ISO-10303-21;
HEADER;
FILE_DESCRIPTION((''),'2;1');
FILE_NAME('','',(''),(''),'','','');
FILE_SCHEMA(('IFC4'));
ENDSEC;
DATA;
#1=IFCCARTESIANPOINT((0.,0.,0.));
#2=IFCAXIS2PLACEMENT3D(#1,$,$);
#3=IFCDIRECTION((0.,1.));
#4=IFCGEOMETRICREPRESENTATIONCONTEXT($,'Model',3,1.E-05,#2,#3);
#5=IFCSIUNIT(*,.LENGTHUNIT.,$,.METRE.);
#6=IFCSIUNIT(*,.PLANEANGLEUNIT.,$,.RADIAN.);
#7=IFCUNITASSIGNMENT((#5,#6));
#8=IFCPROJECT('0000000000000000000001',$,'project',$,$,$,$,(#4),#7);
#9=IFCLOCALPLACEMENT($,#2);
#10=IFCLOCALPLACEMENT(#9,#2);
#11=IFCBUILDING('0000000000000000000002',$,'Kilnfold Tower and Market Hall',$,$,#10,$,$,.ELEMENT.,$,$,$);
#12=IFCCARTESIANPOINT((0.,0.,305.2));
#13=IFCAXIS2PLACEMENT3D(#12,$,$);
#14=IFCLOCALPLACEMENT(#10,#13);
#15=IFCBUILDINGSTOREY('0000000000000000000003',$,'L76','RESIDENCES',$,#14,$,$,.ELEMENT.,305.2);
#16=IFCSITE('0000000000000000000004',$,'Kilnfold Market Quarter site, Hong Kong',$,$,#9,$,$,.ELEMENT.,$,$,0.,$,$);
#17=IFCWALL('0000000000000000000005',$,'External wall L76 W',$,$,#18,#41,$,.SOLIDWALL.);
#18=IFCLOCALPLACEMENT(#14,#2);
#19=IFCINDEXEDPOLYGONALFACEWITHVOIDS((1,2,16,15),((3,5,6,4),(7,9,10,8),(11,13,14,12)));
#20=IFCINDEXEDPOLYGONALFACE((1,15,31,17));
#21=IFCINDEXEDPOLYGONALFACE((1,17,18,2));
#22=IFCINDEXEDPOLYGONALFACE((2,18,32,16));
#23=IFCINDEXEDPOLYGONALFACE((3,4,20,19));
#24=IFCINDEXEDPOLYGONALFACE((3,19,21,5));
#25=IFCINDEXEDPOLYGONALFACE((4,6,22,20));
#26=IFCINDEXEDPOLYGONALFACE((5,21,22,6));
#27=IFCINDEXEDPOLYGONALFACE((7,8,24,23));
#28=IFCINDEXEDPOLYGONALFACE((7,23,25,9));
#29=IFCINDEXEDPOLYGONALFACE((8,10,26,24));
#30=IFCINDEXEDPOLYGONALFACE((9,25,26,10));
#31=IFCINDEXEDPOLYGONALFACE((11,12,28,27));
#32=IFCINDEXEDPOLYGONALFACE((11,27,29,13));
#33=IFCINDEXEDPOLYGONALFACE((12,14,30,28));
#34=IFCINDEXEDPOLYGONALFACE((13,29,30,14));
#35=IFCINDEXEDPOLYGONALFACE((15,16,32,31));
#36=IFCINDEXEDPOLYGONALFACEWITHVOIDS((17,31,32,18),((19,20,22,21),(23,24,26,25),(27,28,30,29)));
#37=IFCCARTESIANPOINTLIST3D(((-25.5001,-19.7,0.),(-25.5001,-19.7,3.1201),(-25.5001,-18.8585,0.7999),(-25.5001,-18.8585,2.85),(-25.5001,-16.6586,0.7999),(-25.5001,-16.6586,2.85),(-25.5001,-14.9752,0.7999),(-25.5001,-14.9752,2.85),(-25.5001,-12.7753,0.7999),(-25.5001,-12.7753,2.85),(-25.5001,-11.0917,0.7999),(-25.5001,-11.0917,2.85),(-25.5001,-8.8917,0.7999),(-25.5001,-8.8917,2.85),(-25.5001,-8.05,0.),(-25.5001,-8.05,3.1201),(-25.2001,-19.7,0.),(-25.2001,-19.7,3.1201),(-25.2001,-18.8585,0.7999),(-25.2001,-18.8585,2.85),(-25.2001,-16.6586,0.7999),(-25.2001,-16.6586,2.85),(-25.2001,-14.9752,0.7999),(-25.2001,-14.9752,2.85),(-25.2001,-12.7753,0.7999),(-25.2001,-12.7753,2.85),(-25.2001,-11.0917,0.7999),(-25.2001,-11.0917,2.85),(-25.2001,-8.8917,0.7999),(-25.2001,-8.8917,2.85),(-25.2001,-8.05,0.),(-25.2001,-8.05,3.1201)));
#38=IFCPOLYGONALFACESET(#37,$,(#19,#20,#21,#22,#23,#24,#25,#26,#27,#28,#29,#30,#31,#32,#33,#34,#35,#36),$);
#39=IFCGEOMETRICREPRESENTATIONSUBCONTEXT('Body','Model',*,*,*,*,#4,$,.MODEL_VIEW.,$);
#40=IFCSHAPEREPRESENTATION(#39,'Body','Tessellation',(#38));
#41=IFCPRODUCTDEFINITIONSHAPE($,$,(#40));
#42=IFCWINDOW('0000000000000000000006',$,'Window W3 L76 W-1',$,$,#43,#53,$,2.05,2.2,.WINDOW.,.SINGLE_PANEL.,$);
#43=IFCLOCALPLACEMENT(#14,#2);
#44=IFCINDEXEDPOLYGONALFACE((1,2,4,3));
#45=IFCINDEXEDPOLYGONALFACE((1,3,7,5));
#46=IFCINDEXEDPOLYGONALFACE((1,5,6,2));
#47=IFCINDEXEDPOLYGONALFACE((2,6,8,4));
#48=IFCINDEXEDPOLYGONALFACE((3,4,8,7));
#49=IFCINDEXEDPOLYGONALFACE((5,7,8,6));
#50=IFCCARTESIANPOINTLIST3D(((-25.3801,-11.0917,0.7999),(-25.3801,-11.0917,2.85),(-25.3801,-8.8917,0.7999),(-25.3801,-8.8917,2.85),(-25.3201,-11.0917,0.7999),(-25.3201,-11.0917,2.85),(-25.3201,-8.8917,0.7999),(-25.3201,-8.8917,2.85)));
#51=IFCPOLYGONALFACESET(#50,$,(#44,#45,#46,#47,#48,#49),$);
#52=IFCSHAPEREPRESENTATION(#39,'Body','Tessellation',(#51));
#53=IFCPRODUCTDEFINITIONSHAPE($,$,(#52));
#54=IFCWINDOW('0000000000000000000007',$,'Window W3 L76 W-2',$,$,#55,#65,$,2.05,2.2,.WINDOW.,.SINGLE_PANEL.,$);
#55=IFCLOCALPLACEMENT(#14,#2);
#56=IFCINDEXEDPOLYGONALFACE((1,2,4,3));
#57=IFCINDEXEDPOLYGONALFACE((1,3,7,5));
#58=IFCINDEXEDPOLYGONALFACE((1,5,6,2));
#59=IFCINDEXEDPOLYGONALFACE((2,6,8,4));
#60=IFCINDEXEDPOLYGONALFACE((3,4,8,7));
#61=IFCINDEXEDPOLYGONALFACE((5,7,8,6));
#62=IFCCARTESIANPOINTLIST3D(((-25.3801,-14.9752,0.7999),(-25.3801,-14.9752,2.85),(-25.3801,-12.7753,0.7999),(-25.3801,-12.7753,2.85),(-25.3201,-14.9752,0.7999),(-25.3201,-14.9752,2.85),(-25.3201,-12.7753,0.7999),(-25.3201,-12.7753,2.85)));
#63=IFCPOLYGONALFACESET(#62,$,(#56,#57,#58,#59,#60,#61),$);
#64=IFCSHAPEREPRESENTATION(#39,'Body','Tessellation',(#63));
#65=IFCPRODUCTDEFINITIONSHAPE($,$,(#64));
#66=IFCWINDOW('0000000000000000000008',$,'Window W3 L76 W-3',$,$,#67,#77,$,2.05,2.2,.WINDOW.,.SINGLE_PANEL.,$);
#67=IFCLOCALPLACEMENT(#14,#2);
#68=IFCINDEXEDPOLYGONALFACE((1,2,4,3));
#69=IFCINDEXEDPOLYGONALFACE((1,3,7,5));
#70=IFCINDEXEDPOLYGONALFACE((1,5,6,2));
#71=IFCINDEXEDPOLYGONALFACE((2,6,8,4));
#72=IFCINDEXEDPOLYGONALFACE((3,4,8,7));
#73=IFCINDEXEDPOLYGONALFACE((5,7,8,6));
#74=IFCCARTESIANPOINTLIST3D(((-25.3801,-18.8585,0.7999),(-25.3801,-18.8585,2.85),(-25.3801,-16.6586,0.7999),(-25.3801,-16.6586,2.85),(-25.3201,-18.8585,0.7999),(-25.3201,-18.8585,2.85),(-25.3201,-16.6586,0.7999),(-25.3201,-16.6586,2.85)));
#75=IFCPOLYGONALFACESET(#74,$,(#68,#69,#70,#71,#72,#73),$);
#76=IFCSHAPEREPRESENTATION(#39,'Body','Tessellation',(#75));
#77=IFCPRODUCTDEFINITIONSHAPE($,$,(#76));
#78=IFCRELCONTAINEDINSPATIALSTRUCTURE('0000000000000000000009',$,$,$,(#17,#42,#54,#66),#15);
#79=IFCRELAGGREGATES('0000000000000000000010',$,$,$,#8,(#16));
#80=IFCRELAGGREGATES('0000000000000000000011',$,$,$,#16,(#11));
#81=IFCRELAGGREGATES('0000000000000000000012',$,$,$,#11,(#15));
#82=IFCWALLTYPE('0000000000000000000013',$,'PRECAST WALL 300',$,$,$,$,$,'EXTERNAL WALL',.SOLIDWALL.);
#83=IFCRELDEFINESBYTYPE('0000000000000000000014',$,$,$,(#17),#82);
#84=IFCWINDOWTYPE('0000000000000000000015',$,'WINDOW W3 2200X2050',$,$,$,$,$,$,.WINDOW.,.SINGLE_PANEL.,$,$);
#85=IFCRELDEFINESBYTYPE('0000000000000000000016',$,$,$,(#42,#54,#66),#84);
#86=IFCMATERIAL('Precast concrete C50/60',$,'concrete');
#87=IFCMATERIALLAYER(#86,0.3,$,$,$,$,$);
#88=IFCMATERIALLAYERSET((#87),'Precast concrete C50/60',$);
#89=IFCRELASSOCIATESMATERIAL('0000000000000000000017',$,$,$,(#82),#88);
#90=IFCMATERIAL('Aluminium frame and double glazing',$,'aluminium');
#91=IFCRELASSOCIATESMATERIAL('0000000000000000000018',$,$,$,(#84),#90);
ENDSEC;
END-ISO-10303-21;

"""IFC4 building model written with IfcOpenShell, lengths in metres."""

from ifc_helpers import new_model, si_unit, direction, frame, frame_2d, origin, place, context, subcontext, project, spatial, rectangle, extrude, source, transform, mapped, material, layer, layer_set, type_object, element, fill, save


model = new_model("IFC4")

# Units and contexts
model_context = context("Model", 3, precision=1e-05, world=origin(), true_north=direction((0.0, 1.0)))
body_context = subcontext(model_context, "Body", "Model", "MODEL_VIEW")
ifc_project = project(units=[si_unit("LENGTHUNIT", "METRE"), si_unit("PLANEANGLEUNIT", "RADIAN")], contexts=[model_context])

# Site, building, storey
site_placement = place(None, origin())
site = spatial("IfcSite", under=ifc_project, at=site_placement, Name="Kilnfold Market Quarter site, Hong Kong", CompositionType="ELEMENT", RefElevation=0.0)
building_placement = place(site_placement, origin())
building = spatial("IfcBuilding", under=site, at=building_placement, Name="Kilnfold Tower and Market Hall", CompositionType="ELEMENT")
storey_placement = place(building_placement, frame((0.0, 0.0, 305.2)))
storey = spatial("IfcBuildingStorey", under=building, at=storey_placement, Name="L76", Description="RESIDENCES", CompositionType="ELEMENT", Elevation=305.2)

# Wall, openings, windows
ifc_material_1 = material(Name="Precast concrete C50/60", Category="concrete")
ifc_layer_1 = layer(ifc_material_1, 0.3)
ifc_layer_set_1 = layer_set([ifc_layer_1], Name="Precast concrete C50/60")
wall_type_1 = type_object("IfcWallType", Name="PRECAST WALL 300", ElementType="EXTERNAL WALL", PredefinedType="SOLIDWALL", material=ifc_layer_set_1)
ifc_material_2 = material(Name="Aluminium frame and double glazing", Category="aluminium")
window_type = type_object("IfcWindowType", Name="WINDOW W3 2200X2050", PartitioningType="SINGLE_PANEL", PredefinedType="WINDOW", material=ifc_material_2)
shared_shape_1 = source(origin(), body_context, "Body", "SweptSolid", [
    extrude(rectangle(XDim=11.6499, YDim=0.3, at=frame_2d((5.825, 0.0))), origin(), (0.0, 0.0, 1.0), 3.1201),
])
wall_1_placement = place(storey_placement, frame((-25.3501, -8.05, 0.0), z_axis=(0.0, 0.0, 1.0), x_axis=(0.0, -1.0, 0.0)))
wall_1 = element("IfcWall", 1, at=wall_1_placement, inside=storey, type_object=wall_type_1, Name="External wall L76 W", PredefinedType="SOLIDWALL", context=body_context, shape_type="MappedRepresentation", body=[
    mapped(shared_shape_1, transform((0.0, 0.0, 0.0))),
])
opening_1_placement = place(wall_1_placement, frame((0.8416, 0.0, 0.8)))
opening_1 = element("IfcOpeningElement", 2, at=opening_1_placement, cuts=wall_1, PredefinedType="OPENING", context=body_context, shape_type="SweptSolid", body=[
    extrude(rectangle(XDim=2.2, YDim=2.05, at=frame_2d((1.1001, 1.0249))), frame((0.0, 0.1602, 0.0), z_axis=(0.0, -1.0, 0.0), x_axis=(1.0, 0.0, 0.0)), (0.0, 0.0, 1.0), 0.3201),
])
opening_2_placement = place(wall_1_placement, frame((4.7251, 0.0, 0.8)))
opening_2 = element("IfcOpeningElement", 3, at=opening_2_placement, cuts=wall_1, PredefinedType="OPENING", context=body_context, shape_type="SweptSolid", body=[
    extrude(rectangle(XDim=2.2, YDim=2.05, at=frame_2d((1.1001, 1.0249))), frame((0.0, 0.1602, 0.0), z_axis=(0.0, -1.0, 0.0), x_axis=(1.0, 0.0, 0.0)), (0.0, 0.0, 1.0), 0.3201),
])
opening_3_placement = place(wall_1_placement, frame((8.6084, 0.0, 0.8)))
opening_3 = element("IfcOpeningElement", 4, at=opening_3_placement, cuts=wall_1, PredefinedType="OPENING", context=body_context, shape_type="SweptSolid", body=[
    extrude(rectangle(XDim=2.2, YDim=2.05, at=frame_2d((1.1001, 1.0249))), frame((0.0, 0.1602, 0.0), z_axis=(0.0, -1.0, 0.0), x_axis=(1.0, 0.0, 0.0)), (0.0, 0.0, 1.0), 0.3201),
])
window_1_placement = place(opening_1_placement, origin())
window_1 = element("IfcWindow", 5, at=window_1_placement, inside=storey, type_object=window_type, Name="Window W3 L76 W-1", OverallHeight=2.05, OverallWidth=2.2, PartitioningType="SINGLE_PANEL", PredefinedType="WINDOW", context=body_context, shape_type="SweptSolid", body=[
    extrude(rectangle(XDim=2.2, YDim=2.05, at=frame_2d((1.1001, 1.0249))), frame((0.0, 0.03, 0.0), z_axis=(0.0, -1.0, 0.0), x_axis=(1.0, 0.0, 0.0)), (0.0, 0.0, 1.0), 0.0601),
])
fill(opening_1, window_1)
window_2_placement = place(opening_2_placement, origin())
window_2 = element("IfcWindow", 6, at=window_2_placement, inside=storey, type_object=window_type, Name="Window W3 L76 W-2", OverallHeight=2.05, OverallWidth=2.2, PartitioningType="SINGLE_PANEL", PredefinedType="WINDOW", context=body_context, shape_type="SweptSolid", body=[
    extrude(rectangle(XDim=2.2, YDim=2.05, at=frame_2d((1.1001, 1.0249))), frame((0.0, 0.03, 0.0), z_axis=(0.0, -1.0, 0.0), x_axis=(1.0, 0.0, 0.0)), (0.0, 0.0, 1.0), 0.0601),
])
fill(opening_2, window_2)
window_3_placement = place(opening_3_placement, origin())
window_3 = element("IfcWindow", 7, at=window_3_placement, inside=storey, type_object=window_type, Name="Window W3 L76 W-3", OverallHeight=2.05, OverallWidth=2.2, PartitioningType="SINGLE_PANEL", PredefinedType="WINDOW", context=body_context, shape_type="SweptSolid", body=[
    extrude(rectangle(XDim=2.2, YDim=2.05, at=frame_2d((1.1001, 1.0249))), frame((0.0, 0.03, 0.0), z_axis=(0.0, -1.0, 0.0), x_axis=(1.0, 0.0, 0.0)), (0.0, 0.0, 1.0), 0.0601),
])
fill(opening_3, window_3)

save(model, "model.ifc")
